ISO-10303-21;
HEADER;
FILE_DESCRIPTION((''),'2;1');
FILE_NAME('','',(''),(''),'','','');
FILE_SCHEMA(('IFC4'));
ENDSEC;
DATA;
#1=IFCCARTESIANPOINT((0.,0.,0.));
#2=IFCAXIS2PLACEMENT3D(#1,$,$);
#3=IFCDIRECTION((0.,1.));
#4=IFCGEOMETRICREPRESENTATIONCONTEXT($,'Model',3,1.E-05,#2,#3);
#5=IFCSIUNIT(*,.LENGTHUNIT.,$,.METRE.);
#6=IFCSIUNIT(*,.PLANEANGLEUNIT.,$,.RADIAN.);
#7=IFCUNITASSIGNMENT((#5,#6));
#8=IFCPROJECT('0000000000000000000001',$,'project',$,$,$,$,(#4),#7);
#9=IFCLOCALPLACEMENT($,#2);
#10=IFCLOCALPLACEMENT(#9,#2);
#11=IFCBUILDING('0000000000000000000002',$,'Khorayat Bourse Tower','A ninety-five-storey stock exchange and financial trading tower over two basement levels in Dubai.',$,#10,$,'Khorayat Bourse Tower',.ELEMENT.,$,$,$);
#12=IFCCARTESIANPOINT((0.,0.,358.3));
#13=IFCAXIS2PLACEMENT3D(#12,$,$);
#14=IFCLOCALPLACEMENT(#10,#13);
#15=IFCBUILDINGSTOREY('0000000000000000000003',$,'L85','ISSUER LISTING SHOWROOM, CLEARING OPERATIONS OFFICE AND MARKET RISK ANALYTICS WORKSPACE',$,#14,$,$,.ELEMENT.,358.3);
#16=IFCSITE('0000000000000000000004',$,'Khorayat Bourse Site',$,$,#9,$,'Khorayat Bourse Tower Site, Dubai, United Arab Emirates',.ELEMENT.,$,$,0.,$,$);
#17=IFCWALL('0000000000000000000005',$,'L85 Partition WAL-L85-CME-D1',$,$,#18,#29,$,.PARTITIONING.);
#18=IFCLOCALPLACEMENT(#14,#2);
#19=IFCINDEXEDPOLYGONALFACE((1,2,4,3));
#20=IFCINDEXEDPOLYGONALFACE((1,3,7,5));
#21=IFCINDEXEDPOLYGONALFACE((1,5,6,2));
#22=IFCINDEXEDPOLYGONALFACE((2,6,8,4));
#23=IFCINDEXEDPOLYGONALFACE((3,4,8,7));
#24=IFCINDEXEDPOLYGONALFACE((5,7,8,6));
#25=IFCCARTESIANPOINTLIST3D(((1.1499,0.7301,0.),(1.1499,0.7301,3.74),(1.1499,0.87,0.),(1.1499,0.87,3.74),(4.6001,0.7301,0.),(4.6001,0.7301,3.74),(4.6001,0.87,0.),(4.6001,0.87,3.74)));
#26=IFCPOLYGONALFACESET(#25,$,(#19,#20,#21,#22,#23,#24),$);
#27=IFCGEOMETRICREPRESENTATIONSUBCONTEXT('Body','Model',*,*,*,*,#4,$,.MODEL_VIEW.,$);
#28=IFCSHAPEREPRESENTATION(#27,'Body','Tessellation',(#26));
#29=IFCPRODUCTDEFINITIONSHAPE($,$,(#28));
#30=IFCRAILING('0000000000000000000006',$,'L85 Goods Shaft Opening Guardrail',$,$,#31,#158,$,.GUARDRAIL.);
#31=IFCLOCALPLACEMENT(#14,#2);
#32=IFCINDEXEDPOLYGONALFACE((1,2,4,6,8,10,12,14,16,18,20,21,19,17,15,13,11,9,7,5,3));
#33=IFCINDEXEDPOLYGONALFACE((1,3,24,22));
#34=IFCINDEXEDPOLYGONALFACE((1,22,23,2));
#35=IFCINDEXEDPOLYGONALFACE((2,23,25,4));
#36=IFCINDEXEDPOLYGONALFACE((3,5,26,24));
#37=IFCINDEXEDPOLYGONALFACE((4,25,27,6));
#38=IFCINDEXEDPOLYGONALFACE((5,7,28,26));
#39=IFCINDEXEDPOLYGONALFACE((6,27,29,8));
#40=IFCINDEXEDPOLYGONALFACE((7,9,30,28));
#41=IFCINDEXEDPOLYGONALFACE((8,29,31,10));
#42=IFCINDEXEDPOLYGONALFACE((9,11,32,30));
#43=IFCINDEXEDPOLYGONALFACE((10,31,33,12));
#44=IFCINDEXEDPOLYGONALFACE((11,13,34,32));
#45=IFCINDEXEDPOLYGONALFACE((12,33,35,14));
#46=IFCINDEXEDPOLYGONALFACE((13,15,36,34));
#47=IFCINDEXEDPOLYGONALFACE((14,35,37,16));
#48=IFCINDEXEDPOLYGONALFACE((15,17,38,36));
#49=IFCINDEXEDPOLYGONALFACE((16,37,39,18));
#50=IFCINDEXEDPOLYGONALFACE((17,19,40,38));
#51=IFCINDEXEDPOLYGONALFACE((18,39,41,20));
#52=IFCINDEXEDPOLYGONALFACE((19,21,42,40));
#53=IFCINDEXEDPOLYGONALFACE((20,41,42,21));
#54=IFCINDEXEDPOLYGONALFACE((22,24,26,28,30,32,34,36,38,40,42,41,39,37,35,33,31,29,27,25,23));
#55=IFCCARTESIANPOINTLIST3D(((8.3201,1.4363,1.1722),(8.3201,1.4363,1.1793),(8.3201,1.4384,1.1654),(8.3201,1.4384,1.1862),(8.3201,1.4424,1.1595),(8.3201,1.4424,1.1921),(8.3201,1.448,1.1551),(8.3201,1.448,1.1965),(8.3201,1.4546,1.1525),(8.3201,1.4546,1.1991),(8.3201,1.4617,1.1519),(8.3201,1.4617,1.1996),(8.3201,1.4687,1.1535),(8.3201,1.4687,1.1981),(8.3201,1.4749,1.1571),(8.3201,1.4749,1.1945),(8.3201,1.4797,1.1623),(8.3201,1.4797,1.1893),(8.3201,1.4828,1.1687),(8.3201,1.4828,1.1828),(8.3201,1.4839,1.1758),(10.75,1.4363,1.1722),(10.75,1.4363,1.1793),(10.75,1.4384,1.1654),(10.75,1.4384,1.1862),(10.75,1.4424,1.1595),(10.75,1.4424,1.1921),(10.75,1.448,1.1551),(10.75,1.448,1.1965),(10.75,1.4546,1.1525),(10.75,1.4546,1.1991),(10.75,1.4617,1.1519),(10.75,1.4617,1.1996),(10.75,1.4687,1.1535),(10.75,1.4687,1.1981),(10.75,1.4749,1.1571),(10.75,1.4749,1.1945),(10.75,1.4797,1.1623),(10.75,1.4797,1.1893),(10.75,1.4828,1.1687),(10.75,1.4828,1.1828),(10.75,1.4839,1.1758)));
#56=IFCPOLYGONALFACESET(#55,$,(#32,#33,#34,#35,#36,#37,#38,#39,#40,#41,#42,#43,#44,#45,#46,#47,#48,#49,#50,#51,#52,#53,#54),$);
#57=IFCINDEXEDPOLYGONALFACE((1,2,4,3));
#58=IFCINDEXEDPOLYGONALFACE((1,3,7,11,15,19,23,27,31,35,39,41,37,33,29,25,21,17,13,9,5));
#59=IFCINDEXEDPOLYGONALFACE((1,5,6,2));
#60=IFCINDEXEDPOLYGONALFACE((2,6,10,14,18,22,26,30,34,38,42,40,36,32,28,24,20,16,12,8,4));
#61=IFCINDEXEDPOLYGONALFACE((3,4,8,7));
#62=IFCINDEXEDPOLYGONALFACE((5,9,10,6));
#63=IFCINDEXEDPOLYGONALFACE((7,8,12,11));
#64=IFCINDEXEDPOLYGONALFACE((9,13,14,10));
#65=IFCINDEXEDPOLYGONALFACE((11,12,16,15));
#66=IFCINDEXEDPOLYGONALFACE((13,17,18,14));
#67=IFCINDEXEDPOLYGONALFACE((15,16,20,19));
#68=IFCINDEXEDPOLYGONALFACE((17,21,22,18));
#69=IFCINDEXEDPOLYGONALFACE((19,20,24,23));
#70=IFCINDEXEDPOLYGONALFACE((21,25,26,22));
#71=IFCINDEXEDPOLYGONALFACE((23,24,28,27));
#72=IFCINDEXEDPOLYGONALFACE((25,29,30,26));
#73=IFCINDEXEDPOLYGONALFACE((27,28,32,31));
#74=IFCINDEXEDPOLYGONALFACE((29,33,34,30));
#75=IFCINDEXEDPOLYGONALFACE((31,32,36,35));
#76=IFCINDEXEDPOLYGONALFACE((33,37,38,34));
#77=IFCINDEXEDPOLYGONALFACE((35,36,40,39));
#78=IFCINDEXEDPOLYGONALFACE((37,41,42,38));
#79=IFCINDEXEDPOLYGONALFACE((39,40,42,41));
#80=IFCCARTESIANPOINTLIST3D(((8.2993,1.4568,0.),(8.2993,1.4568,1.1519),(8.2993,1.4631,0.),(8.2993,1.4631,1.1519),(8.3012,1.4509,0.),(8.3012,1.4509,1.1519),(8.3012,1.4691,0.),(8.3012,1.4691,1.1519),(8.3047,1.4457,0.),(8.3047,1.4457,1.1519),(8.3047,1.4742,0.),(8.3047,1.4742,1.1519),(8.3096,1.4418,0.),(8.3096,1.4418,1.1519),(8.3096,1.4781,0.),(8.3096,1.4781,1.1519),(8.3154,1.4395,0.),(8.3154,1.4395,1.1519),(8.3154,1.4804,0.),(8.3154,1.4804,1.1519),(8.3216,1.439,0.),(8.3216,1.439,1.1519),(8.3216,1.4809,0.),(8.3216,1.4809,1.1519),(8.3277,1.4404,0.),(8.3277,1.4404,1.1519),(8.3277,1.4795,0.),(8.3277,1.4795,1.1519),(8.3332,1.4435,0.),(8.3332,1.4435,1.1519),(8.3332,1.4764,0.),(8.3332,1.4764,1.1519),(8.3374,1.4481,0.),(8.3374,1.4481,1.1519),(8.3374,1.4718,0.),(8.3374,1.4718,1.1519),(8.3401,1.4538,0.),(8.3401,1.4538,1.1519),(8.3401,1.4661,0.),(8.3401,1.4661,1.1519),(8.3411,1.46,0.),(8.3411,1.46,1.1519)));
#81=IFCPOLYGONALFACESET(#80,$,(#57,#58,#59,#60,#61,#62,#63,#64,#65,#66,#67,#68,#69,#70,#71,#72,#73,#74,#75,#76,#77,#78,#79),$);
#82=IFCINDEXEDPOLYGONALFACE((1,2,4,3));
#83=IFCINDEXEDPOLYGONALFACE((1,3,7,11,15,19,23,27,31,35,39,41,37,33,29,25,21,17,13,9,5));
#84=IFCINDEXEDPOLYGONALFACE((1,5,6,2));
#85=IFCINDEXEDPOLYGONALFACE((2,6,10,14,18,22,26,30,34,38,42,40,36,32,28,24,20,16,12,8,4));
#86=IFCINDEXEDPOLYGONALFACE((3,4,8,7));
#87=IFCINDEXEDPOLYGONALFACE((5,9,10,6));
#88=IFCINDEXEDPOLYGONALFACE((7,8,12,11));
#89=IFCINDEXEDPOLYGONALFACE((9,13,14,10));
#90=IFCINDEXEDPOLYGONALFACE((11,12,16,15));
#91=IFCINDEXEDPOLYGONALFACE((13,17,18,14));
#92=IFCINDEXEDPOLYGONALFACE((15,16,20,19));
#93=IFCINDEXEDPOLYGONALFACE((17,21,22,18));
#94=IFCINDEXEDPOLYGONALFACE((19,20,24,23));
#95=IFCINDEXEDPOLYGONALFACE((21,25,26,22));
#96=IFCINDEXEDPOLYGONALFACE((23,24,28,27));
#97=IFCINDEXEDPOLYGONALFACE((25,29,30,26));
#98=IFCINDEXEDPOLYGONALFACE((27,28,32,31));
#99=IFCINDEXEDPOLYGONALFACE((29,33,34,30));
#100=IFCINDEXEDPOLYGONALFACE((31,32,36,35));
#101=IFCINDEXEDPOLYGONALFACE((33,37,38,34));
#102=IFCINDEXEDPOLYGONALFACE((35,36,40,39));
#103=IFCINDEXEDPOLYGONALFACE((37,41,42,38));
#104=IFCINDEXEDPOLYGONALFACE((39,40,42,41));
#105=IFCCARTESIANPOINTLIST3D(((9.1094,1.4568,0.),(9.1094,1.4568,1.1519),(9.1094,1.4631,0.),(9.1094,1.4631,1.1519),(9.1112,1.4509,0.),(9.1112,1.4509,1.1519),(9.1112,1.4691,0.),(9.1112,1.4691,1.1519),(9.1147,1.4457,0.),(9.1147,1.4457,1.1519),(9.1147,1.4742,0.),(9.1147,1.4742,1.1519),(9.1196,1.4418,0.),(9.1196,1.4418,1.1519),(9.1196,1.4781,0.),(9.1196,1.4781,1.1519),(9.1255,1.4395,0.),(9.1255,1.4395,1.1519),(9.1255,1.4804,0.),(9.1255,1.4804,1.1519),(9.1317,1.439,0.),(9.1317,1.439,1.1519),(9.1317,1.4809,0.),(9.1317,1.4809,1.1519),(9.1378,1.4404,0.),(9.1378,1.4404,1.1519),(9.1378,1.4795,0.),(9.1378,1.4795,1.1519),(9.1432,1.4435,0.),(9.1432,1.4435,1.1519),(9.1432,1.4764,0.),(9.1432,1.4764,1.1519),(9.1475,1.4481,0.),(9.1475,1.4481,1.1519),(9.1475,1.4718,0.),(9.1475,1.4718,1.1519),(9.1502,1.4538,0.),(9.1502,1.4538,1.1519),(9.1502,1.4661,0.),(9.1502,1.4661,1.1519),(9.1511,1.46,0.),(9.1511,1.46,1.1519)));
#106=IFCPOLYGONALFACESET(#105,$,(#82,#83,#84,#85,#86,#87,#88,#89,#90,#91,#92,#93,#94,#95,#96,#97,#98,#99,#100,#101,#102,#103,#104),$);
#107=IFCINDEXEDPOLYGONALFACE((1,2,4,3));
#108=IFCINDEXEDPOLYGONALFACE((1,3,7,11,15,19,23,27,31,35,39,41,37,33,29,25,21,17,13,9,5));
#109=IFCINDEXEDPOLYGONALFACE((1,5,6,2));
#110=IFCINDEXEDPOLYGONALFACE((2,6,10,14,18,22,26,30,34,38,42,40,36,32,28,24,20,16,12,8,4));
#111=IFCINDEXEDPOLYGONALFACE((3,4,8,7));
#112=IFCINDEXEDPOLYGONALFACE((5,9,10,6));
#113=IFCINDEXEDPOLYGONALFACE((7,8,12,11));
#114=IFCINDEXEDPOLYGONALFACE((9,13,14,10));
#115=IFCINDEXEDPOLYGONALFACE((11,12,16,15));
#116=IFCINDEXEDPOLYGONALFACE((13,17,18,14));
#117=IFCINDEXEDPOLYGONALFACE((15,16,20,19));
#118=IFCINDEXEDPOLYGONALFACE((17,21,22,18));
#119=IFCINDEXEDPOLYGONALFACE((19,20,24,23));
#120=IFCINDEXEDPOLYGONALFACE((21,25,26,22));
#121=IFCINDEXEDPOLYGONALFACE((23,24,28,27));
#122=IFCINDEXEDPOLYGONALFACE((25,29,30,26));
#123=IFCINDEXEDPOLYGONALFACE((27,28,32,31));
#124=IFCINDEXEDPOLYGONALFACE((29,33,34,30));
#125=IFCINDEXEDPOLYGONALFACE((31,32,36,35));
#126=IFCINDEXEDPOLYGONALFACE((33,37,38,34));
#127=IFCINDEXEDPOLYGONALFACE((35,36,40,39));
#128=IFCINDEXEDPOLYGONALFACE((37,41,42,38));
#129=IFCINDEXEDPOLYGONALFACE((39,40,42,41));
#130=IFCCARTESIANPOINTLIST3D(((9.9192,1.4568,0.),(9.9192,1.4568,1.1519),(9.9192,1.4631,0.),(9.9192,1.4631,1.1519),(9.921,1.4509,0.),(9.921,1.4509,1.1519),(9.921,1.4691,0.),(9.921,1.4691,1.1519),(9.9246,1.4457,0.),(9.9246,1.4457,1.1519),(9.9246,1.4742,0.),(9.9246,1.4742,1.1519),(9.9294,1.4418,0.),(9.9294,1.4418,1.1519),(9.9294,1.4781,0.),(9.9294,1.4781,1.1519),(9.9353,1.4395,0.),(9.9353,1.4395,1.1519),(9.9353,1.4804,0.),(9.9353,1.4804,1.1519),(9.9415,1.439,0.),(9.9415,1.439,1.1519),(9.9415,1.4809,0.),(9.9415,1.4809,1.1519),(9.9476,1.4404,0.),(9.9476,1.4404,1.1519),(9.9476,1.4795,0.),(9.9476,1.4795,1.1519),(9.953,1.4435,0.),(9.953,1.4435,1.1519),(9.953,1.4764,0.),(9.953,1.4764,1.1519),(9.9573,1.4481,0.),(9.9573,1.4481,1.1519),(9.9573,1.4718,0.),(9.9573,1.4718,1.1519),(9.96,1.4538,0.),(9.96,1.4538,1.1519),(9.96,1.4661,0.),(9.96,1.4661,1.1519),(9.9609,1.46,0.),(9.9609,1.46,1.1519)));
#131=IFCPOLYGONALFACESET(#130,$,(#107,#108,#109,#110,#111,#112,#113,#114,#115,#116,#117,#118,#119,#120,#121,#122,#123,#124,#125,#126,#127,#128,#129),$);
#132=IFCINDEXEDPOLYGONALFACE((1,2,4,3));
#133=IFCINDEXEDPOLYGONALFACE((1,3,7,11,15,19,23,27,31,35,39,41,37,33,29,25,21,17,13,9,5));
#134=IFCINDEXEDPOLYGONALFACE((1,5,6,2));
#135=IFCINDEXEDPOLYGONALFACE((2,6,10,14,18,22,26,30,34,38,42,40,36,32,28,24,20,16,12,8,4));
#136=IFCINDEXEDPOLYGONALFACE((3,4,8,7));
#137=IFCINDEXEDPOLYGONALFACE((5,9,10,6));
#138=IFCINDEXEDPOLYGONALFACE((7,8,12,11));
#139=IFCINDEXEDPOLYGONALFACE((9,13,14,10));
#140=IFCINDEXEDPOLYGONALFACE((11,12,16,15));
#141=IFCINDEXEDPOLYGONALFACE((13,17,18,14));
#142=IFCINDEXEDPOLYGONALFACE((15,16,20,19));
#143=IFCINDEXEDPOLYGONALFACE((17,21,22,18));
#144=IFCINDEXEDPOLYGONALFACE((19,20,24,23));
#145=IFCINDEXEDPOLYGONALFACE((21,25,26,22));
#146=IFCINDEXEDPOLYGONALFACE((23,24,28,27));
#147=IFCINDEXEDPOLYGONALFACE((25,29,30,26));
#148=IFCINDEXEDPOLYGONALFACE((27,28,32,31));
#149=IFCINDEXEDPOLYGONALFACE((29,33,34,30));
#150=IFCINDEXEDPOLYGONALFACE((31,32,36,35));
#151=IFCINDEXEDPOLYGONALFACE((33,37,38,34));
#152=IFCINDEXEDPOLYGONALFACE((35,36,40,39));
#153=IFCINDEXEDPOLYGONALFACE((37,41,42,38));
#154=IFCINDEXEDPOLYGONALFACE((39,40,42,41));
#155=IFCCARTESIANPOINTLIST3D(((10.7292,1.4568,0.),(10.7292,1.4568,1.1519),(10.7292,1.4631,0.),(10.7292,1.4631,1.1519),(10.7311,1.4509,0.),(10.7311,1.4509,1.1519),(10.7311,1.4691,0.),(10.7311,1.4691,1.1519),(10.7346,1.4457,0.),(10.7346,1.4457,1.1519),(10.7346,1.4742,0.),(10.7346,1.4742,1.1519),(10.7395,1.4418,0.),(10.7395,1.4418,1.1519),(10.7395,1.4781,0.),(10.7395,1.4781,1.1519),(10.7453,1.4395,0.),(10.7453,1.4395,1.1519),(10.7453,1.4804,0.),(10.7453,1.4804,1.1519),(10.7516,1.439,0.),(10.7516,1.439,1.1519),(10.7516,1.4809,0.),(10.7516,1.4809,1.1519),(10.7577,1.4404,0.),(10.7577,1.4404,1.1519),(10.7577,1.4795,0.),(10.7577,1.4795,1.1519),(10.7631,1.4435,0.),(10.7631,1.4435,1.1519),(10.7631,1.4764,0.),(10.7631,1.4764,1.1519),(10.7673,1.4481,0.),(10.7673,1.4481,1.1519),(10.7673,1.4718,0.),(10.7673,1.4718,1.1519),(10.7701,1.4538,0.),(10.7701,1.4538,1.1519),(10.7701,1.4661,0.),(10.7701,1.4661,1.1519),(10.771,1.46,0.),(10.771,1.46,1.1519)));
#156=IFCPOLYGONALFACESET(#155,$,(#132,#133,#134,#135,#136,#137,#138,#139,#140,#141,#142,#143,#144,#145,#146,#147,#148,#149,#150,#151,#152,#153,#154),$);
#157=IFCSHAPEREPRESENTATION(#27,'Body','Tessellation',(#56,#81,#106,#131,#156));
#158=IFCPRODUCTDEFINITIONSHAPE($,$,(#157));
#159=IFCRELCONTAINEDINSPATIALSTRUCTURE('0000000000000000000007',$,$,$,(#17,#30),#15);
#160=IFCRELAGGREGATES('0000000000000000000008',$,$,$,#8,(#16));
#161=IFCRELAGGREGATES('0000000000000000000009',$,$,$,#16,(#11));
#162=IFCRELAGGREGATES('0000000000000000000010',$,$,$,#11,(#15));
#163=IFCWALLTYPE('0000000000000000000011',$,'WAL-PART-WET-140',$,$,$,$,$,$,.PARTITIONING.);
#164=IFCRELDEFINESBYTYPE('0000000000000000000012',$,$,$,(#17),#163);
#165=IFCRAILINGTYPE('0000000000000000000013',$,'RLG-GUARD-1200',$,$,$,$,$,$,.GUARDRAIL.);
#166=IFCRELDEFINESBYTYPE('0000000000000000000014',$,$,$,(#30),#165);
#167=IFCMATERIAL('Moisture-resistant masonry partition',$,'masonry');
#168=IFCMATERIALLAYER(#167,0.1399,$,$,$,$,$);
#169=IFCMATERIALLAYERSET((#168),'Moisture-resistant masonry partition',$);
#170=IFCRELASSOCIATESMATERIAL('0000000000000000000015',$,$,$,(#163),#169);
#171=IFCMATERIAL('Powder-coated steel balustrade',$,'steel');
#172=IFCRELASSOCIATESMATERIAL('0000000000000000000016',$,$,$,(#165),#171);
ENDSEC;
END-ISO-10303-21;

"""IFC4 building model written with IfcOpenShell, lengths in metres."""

from ifc_helpers import new_model, si_unit, direction, frame, frame_2d, origin, origin_2d, place, context, subcontext, project, spatial, rectangle, circle, extrude, source, transform, mapped, material, layer, layer_set, type_object, element, save


model = new_model("IFC4")

# Units and contexts
model_context = context("Model", 3, precision=1e-05, world=origin(), true_north=direction((0.0, 1.0)))
body_context = subcontext(model_context, "Body", "Model", "MODEL_VIEW")
ifc_project = project(units=[si_unit("LENGTHUNIT", "METRE"), si_unit("PLANEANGLEUNIT", "RADIAN")], contexts=[model_context])

# Site, building, storey
site_placement = place(None, origin())
site = spatial("IfcSite", under=ifc_project, at=site_placement, Name="Khorayat Bourse Site", LongName="Khorayat Bourse Tower Site, Dubai, United Arab Emirates", CompositionType="ELEMENT", RefElevation=0.0)
building_placement = place(site_placement, origin())
building = spatial("IfcBuilding", under=site, at=building_placement, Name="Khorayat Bourse Tower", Description="A ninety-five-storey stock exchange and financial trading tower over two basement levels in Dubai.", LongName="Khorayat Bourse Tower", CompositionType="ELEMENT")
storey_placement = place(building_placement, frame((0.0, 0.0, 358.3)))
storey = spatial("IfcBuildingStorey", under=building, at=storey_placement, Name="L85", Description="ISSUER LISTING SHOWROOM, CLEARING OPERATIONS OFFICE AND MARKET RISK ANALYTICS WORKSPACE", CompositionType="ELEMENT", Elevation=358.3)

# Shared definitions
ifc_material_1 = material(Name="Moisture-resistant masonry partition", Category="masonry")
ifc_layer_1 = layer(ifc_material_1, 0.1399)
ifc_layer_set_1 = layer_set([ifc_layer_1], Name="Moisture-resistant masonry partition")
wall_type_1 = type_object("IfcWallType", Name="WAL-PART-WET-140", PredefinedType="PARTITIONING", material=ifc_layer_set_1)

# Wall
shared_shape_1 = source(origin(), body_context, "Body", "SweptSolid", [
    extrude(rectangle(XDim=3.4502, YDim=0.1399, at=frame_2d((1.7251, 0.0))), origin(), (0.0, 0.0, 1.0), 3.74),
])
for number, where, z_axis, x_axis, name in (
    (1, (1.1499, 0.8, 0.0), (0.0, 0.0, 1.0), (1.0, 0.0, 0.0), "L85 Partition WAL-L85-CME-D1"),
):
    element("IfcWall", number, at=place(storey_placement, frame(where, z_axis=z_axis, x_axis=x_axis)), inside=storey, type_object=wall_type_1, Name=name, PredefinedType="PARTITIONING", context=body_context, shape_type="MappedRepresentation", body=[
        mapped(shared_shape_1, transform((0.0, 0.0, 0.0), scale=1.0)),
    ])

# Railing
ifc_material_2 = material(Name="Powder-coated steel balustrade", Category="steel")
railing_type = type_object("IfcRailingType", Name="RLG-GUARD-1200", PredefinedType="GUARDRAIL", material=ifc_material_2)
shared_shape_2 = source(origin(), body_context, "Body", "SweptSolid", [
    extrude(circle(Radius=0.0239, at=origin_2d()), frame((0.0, 0.0, 1.1758), z_axis=(1.0, 0.0, 0.0), x_axis=(0.0, 1.0, 0.0)), (0.0, 0.0, 1.0), 2.4299),
    extrude(circle(Radius=0.021, at=origin_2d()), origin(), (0.0, 0.0, 1.0), 1.1519),
    extrude(circle(Radius=0.021, at=origin_2d()), frame((0.8101, 0.0, 0.0)), (0.0, 0.0, 1.0), 1.1519),
    extrude(circle(Radius=0.021, at=origin_2d()), frame((1.6199, 0.0, 0.0)), (0.0, 0.0, 1.0), 1.1519),
    extrude(circle(Radius=0.021, at=origin_2d()), frame((2.4299, 0.0, 0.0)), (0.0, 0.0, 1.0), 1.1519),
])
railing_placement = place(storey_placement, frame((8.3201, 1.46, 0.0)))
element("IfcRailing", 2, at=railing_placement, inside=storey, type_object=railing_type, Name="L85 Goods Shaft Opening Guardrail", PredefinedType="GUARDRAIL", context=body_context, shape_type="MappedRepresentation", body=[
    mapped(shared_shape_2, transform((0.0, 0.0, 0.0), scale=1.0)),
])

save(model, "model.ifc")
